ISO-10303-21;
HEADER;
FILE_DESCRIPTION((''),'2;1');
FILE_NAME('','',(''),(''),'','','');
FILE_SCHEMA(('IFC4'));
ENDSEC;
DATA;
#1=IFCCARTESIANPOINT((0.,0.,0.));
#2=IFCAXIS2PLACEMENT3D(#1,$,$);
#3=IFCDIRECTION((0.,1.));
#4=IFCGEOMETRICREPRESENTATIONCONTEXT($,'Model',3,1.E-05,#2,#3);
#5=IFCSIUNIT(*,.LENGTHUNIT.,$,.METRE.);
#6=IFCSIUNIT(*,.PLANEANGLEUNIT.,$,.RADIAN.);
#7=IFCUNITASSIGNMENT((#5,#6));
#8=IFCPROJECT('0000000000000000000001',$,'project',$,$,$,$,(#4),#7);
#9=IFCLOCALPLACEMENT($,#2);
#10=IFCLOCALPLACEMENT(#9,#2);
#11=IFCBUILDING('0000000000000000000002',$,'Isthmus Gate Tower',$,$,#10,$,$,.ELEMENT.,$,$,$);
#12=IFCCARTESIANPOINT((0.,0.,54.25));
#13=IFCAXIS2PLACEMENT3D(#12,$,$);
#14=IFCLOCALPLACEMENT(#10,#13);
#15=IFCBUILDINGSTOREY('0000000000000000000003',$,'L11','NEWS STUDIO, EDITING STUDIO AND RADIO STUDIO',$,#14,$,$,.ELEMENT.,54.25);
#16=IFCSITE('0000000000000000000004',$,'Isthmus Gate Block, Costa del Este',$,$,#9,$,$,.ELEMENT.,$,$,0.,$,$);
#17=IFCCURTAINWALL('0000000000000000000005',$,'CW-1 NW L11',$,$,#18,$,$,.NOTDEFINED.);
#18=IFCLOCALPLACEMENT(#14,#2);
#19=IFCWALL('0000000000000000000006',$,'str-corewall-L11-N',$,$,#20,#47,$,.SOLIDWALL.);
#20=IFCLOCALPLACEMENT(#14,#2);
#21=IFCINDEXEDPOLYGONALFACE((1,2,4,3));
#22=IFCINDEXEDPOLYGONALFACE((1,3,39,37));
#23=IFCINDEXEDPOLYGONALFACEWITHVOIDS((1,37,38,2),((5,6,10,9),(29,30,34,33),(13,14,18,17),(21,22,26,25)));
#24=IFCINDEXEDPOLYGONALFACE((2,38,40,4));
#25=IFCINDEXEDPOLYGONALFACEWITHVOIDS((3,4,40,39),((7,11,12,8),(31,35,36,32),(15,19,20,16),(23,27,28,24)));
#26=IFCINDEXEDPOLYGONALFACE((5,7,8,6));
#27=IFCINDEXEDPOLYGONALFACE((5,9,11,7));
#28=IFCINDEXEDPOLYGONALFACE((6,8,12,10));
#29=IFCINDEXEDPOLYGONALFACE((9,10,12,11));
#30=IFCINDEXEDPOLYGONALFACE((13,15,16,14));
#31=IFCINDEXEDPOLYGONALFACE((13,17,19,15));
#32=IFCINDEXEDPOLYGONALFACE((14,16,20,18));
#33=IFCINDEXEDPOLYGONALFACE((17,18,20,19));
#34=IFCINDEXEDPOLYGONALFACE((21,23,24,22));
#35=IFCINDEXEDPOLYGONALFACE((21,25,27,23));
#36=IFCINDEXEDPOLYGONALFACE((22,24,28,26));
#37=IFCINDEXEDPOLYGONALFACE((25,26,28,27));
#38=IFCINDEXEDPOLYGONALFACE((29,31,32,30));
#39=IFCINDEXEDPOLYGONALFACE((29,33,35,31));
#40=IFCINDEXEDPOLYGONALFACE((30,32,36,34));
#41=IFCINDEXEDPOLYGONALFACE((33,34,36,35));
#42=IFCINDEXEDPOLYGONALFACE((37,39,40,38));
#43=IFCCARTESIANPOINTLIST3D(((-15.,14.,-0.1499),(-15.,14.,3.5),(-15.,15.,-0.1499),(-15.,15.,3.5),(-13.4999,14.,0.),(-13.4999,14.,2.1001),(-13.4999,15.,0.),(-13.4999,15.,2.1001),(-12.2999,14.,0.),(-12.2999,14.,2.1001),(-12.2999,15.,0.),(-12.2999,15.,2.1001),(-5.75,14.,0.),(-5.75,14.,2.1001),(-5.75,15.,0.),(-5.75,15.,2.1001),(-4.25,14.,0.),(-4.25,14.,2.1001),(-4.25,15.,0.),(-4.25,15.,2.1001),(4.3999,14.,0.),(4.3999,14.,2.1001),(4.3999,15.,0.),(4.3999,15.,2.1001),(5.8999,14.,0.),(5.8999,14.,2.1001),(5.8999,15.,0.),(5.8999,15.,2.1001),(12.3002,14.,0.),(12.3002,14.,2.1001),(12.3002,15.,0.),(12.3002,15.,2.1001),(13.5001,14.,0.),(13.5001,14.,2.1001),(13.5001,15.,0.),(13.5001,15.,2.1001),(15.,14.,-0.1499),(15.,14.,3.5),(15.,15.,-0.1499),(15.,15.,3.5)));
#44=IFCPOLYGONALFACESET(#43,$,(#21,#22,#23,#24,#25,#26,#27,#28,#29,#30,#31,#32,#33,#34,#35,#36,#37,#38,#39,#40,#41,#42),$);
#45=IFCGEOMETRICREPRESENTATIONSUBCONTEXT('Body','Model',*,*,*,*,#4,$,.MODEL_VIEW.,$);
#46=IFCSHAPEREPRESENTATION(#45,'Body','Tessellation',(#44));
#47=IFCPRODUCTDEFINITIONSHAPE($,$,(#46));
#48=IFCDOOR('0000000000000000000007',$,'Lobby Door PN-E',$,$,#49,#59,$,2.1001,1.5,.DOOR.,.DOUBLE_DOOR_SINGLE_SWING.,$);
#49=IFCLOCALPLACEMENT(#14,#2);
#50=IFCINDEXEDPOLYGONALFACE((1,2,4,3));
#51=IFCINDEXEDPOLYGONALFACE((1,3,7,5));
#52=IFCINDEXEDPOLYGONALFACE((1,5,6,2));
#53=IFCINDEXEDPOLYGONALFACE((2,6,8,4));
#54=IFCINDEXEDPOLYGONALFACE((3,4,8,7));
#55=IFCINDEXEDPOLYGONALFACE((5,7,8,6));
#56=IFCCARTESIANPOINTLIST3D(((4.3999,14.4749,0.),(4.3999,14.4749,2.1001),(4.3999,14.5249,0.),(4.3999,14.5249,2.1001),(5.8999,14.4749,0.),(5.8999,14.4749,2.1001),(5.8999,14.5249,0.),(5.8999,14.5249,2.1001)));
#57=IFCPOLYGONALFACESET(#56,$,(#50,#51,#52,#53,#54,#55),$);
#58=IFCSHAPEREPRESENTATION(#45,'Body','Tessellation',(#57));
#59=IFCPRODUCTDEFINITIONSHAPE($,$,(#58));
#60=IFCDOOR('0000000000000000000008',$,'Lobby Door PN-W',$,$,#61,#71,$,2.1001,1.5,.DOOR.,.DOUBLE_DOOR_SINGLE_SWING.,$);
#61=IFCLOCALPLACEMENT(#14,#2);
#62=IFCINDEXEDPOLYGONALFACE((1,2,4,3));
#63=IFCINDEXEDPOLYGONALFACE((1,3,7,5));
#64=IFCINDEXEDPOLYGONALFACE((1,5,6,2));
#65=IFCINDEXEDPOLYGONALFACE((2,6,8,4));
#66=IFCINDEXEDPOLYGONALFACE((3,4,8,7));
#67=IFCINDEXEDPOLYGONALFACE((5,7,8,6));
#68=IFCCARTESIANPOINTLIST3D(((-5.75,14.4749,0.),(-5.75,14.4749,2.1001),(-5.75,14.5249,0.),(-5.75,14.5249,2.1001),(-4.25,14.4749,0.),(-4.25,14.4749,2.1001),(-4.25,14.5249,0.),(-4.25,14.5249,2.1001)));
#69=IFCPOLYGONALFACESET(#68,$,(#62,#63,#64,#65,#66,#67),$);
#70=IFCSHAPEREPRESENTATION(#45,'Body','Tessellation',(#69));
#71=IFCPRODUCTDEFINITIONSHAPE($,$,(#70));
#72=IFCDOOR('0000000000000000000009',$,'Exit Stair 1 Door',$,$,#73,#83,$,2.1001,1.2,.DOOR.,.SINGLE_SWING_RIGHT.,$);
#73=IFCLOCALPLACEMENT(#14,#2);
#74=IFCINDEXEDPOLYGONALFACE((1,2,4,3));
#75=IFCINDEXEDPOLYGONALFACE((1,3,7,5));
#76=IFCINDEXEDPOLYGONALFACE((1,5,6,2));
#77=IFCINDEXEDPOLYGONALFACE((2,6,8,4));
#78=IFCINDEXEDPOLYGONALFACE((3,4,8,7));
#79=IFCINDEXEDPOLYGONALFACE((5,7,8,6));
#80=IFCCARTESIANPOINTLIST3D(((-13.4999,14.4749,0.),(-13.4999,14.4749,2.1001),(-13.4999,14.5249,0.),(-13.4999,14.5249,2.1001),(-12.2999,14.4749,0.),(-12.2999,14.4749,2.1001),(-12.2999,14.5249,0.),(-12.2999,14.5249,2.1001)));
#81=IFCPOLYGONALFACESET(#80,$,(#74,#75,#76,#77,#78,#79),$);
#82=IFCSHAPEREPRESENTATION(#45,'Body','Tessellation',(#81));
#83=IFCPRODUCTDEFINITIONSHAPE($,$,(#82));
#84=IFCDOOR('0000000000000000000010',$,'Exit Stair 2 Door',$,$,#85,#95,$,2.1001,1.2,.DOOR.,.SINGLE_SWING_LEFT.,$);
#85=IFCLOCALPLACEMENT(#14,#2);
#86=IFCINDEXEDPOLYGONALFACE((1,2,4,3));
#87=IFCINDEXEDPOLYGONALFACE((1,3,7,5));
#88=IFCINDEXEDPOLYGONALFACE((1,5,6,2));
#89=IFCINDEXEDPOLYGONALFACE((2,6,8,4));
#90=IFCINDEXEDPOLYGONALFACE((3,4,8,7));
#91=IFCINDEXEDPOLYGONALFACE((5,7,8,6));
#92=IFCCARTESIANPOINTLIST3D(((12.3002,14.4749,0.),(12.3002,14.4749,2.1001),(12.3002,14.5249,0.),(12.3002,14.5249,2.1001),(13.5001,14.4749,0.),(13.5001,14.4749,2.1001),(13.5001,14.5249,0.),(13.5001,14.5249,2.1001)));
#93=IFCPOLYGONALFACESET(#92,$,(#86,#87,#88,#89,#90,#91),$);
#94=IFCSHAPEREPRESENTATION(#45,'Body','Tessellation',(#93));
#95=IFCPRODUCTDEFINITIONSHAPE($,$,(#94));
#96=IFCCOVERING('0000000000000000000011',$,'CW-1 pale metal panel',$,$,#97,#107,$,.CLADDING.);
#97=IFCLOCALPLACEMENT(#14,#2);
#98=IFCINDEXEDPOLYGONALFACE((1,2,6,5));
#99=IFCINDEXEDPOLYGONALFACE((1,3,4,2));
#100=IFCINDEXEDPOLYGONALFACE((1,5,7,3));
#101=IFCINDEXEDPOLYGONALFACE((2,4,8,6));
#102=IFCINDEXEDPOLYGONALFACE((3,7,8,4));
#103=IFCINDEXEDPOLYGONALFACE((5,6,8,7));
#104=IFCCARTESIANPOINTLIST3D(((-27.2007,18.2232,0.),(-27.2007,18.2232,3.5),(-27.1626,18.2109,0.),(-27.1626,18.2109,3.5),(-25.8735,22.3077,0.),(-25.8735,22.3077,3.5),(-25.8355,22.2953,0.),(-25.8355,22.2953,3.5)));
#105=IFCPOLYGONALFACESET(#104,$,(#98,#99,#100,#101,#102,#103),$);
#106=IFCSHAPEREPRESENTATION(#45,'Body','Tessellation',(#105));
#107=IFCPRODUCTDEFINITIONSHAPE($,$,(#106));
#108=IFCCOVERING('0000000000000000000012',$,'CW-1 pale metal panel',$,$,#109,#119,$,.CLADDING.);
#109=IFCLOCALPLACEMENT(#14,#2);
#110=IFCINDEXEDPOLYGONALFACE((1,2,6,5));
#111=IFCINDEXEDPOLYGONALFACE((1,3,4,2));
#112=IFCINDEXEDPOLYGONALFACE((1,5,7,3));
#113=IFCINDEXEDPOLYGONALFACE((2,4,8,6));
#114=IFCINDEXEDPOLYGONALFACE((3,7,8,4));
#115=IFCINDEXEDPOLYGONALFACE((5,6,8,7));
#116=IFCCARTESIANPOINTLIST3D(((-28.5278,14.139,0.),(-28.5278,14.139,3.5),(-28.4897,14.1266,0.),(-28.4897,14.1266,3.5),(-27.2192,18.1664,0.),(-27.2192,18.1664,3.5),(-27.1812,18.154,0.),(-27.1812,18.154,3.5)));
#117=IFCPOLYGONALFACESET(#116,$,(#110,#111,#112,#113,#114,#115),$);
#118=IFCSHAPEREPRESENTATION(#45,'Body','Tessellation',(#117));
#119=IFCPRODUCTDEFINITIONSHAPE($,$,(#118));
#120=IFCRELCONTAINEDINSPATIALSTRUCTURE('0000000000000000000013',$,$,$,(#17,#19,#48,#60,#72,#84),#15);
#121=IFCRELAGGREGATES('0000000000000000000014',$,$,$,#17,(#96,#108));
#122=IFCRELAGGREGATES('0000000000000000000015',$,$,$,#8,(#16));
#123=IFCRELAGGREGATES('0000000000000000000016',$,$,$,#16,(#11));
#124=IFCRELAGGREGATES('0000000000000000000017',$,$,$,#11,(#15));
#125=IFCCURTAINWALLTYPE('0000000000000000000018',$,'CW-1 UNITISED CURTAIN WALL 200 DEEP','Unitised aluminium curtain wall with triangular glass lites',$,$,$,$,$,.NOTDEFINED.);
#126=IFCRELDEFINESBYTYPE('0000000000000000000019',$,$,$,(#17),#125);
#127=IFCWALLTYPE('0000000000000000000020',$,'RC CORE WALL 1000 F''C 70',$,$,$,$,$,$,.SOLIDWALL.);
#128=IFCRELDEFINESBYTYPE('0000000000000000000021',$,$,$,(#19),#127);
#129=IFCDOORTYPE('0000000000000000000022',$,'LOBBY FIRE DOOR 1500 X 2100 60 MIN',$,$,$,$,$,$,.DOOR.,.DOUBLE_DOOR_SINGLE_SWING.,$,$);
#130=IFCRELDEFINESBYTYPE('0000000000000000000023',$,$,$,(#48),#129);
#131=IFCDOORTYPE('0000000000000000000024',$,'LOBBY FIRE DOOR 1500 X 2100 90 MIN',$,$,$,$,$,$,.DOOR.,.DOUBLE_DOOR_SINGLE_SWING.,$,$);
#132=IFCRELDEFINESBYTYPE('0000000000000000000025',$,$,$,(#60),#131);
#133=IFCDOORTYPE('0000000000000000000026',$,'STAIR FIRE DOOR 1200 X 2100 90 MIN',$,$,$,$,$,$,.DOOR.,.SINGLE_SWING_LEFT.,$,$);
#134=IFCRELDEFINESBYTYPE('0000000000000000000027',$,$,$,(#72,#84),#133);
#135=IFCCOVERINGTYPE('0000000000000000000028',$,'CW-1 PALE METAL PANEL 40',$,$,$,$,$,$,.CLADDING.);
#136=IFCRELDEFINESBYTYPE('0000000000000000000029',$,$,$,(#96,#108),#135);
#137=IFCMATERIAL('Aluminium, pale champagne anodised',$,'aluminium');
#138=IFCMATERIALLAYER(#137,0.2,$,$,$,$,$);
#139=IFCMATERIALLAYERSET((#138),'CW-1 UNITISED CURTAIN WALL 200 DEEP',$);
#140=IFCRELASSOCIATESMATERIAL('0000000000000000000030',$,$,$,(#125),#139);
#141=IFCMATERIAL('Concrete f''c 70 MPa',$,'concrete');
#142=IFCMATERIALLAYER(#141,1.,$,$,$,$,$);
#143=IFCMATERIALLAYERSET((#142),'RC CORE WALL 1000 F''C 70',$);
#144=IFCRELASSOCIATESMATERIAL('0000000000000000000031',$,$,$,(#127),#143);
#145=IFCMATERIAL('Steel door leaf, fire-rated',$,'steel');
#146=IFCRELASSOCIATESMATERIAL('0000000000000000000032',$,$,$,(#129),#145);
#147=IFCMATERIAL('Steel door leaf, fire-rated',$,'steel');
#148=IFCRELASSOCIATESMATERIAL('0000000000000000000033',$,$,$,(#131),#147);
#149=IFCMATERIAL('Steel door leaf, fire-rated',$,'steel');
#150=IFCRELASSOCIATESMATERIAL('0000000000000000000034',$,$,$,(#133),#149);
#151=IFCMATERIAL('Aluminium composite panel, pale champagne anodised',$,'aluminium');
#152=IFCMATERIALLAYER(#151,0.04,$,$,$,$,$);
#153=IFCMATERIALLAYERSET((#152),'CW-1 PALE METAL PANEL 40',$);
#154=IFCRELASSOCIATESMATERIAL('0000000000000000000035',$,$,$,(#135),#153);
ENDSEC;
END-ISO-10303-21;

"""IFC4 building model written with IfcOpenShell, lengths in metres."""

from ifc_helpers import new_model, si_unit, direction, frame, frame_2d, origin, origin_2d, place, context, subcontext, project, spatial, rectangle, extrude, material, layer, layer_set, type_object, element, fill, aggregate, save


model = new_model("IFC4")

# Units and contexts
model_context = context("Model", 3, precision=1e-05, world=origin(), true_north=direction((0.0, 1.0)))
body_context = subcontext(model_context, "Body", "Model", "MODEL_VIEW")
ifc_project = project(units=[si_unit("LENGTHUNIT", "METRE"), si_unit("PLANEANGLEUNIT", "RADIAN")], contexts=[model_context])

# Site, building, storey
site_placement = place(None, origin())
site = spatial("IfcSite", under=ifc_project, at=site_placement, Name="Isthmus Gate Block, Costa del Este", CompositionType="ELEMENT", RefElevation=0.0)
building_placement = place(site_placement, origin())
building = spatial("IfcBuilding", under=site, at=building_placement, Name="Isthmus Gate Tower", CompositionType="ELEMENT")
storey_placement = place(building_placement, frame((0.0, 0.0, 54.25)))
storey = spatial("IfcBuildingStorey", under=building, at=storey_placement, Name="L11", Description="NEWS STUDIO, EDITING STUDIO AND RADIO STUDIO", CompositionType="ELEMENT", Elevation=54.25)

# Curtain wall
ifc_material_1 = material(Name="Aluminium, pale champagne anodised", Category="aluminium")
ifc_layer_1 = layer(ifc_material_1, 0.2)
ifc_layer_set_1 = layer_set([ifc_layer_1], Name="CW-1 UNITISED CURTAIN WALL 200 DEEP")
curtain_wall_type = type_object("IfcCurtainWallType", Name="CW-1 UNITISED CURTAIN WALL 200 DEEP", Description="Unitised aluminium curtain wall with triangular glass lites", PredefinedType="NOTDEFINED", material=ifc_layer_set_1)
curtain_wall_placement = place(storey_placement, origin())
curtain_wall = element("IfcCurtainWall", 1, at=curtain_wall_placement, inside=storey, type_object=curtain_wall_type, Name="CW-1 NW L11", PredefinedType="NOTDEFINED")

# Wall, openings, doors
ifc_material_2 = material(Name="Concrete f'c 70 MPa", Category="concrete")
ifc_layer_2 = layer(ifc_material_2, 1.0)
ifc_layer_set_2 = layer_set([ifc_layer_2], Name="RC CORE WALL 1000 F'C 70")
wall_type_1 = type_object("IfcWallType", Name="RC CORE WALL 1000 F'C 70", PredefinedType="SOLIDWALL", material=ifc_layer_set_2)
wall_1_placement = place(storey_placement, frame((-15.0, 14.5, -0.1499), z_axis=(0.0, 0.0, 1.0), x_axis=(1.0, 0.0, 0.0)))
wall_1 = element("IfcWall", 2, at=wall_1_placement, inside=storey, type_object=wall_type_1, Name="str-corewall-L11-N", PredefinedType="SOLIDWALL", context=body_context, shape_type="SweptSolid", body=[
    extrude(rectangle(XDim=30.0, YDim=1.0, at=frame_2d((15.0, 0.0))), origin(), (0.0, 0.0, 1.0), 3.6499),
])
opening_1_placement = place(wall_1_placement, frame((9.25, 0.0, 0.1499)))
opening_1 = element("IfcOpeningElement", 3, at=opening_1_placement, cuts=wall_1, PredefinedType="OPENING", context=body_context, shape_type="SweptSolid", body=[
    extrude(rectangle(XDim=1.5, YDim=2.1001, at=frame_2d((0.75, 1.05))), frame((0.0, 0.51, 0.0), z_axis=(0.0, -1.0, 0.0), x_axis=(1.0, 0.0, 0.0)), (0.0, 0.0, 1.0), 1.02),
])
opening_2_placement = place(wall_1_placement, frame((19.3999, 0.0, 0.1499)))
opening_2 = element("IfcOpeningElement", 4, at=opening_2_placement, cuts=wall_1, PredefinedType="OPENING", context=body_context, shape_type="SweptSolid", body=[
    extrude(rectangle(XDim=1.5, YDim=2.1001, at=frame_2d((0.75, 1.05))), frame((0.0, 0.51, 0.0), z_axis=(0.0, -1.0, 0.0), x_axis=(1.0, 0.0, 0.0)), (0.0, 0.0, 1.0), 1.02),
])
opening_3_placement = place(wall_1_placement, frame((1.5, 0.0, 0.1499)))
opening_3 = element("IfcOpeningElement", 5, at=opening_3_placement, cuts=wall_1, PredefinedType="OPENING", context=body_context, shape_type="SweptSolid", body=[
    extrude(rectangle(XDim=1.2, YDim=2.1001, at=frame_2d((0.6001, 1.05))), frame((0.0, 0.51, 0.0), z_axis=(0.0, -1.0, 0.0), x_axis=(1.0, 0.0, 0.0)), (0.0, 0.0, 1.0), 1.02),
])
opening_4_placement = place(wall_1_placement, frame((27.3, 0.0, 0.1499)))
opening_4 = element("IfcOpeningElement", 6, at=opening_4_placement, cuts=wall_1, PredefinedType="OPENING", context=body_context, shape_type="SweptSolid", body=[
    extrude(rectangle(XDim=1.2, YDim=2.1001, at=frame_2d((0.6001, 1.05))), frame((0.0, 0.51, 0.0), z_axis=(0.0, -1.0, 0.0), x_axis=(1.0, 0.0, 0.0)), (0.0, 0.0, 1.0), 1.02),
])
ifc_material_3 = material(Name="Steel door leaf, fire-rated", Category="steel")
door_type_1 = type_object("IfcDoorType", Name="LOBBY FIRE DOOR 1500 X 2100 60 MIN", OperationType="DOUBLE_DOOR_SINGLE_SWING", PredefinedType="DOOR", material=ifc_material_3)
door_1_placement = place(opening_2_placement, origin())
door_1 = element("IfcDoor", 7, at=door_1_placement, inside=storey, type_object=door_type_1, Name="Lobby Door PN-E", OperationType="DOUBLE_DOOR_SINGLE_SWING", OverallHeight=2.1001, OverallWidth=1.5, PredefinedType="DOOR", context=body_context, shape_type="SweptSolid", body=[
    extrude(rectangle(XDim=1.5, YDim=2.1001, at=frame_2d((0.75, 1.05))), frame((0.0, 0.0249, 0.0), z_axis=(0.0, -1.0, 0.0), x_axis=(1.0, 0.0, 0.0)), (0.0, 0.0, 1.0), 0.05),
])
fill(opening_2, door_1)
ifc_material_4 = material(Name="Steel door leaf, fire-rated", Category="steel")
door_type_2 = type_object("IfcDoorType", Name="LOBBY FIRE DOOR 1500 X 2100 90 MIN", OperationType="DOUBLE_DOOR_SINGLE_SWING", PredefinedType="DOOR", material=ifc_material_4)
door_2_placement = place(opening_1_placement, origin())
door_2 = element("IfcDoor", 8, at=door_2_placement, inside=storey, type_object=door_type_2, Name="Lobby Door PN-W", OperationType="DOUBLE_DOOR_SINGLE_SWING", OverallHeight=2.1001, OverallWidth=1.5, PredefinedType="DOOR", context=body_context, shape_type="SweptSolid", body=[
    extrude(rectangle(XDim=1.5, YDim=2.1001, at=frame_2d((0.75, 1.05))), frame((0.0, 0.0249, 0.0), z_axis=(0.0, -1.0, 0.0), x_axis=(1.0, 0.0, 0.0)), (0.0, 0.0, 1.0), 0.05),
])
fill(opening_1, door_2)
ifc_material_5 = material(Name="Steel door leaf, fire-rated", Category="steel")
door_type_3 = type_object("IfcDoorType", Name="STAIR FIRE DOOR 1200 X 2100 90 MIN", OperationType="SINGLE_SWING_LEFT", PredefinedType="DOOR", material=ifc_material_5)
door_3_placement = place(opening_3_placement, origin())
door_3 = element("IfcDoor", 9, at=door_3_placement, inside=storey, type_object=door_type_3, Name="Exit Stair 1 Door", OperationType="SINGLE_SWING_RIGHT", OverallHeight=2.1001, OverallWidth=1.2, PredefinedType="DOOR", context=body_context, shape_type="SweptSolid", body=[
    extrude(rectangle(XDim=1.2, YDim=2.1001, at=frame_2d((0.6001, 1.05))), frame((0.0, 0.0249, 0.0), z_axis=(0.0, -1.0, 0.0), x_axis=(1.0, 0.0, 0.0)), (0.0, 0.0, 1.0), 0.05),
])
fill(opening_3, door_3)
door_4_placement = place(opening_4_placement, origin())
door_4 = element("IfcDoor", 10, at=door_4_placement, inside=storey, type_object=door_type_3, Name="Exit Stair 2 Door", OperationType="SINGLE_SWING_LEFT", OverallHeight=2.1001, OverallWidth=1.2, PredefinedType="DOOR", context=body_context, shape_type="SweptSolid", body=[
    extrude(rectangle(XDim=1.2, YDim=2.1001, at=frame_2d((0.6001, 1.05))), frame((0.0, 0.0249, 0.0), z_axis=(0.0, -1.0, 0.0), x_axis=(1.0, 0.0, 0.0)), (0.0, 0.0, 1.0), 0.05),
])
fill(opening_4, door_4)

# Coverings
ifc_material_6 = material(Name="Aluminium composite panel, pale champagne anodised", Category="aluminium")
ifc_layer_3 = layer(ifc_material_6, 0.04)
ifc_layer_set_3 = layer_set([ifc_layer_3], Name="CW-1 PALE METAL PANEL 40")
covering_type = type_object("IfcCoveringType", Name="CW-1 PALE METAL PANEL 40", PredefinedType="CLADDING", material=ifc_layer_set_3)
covering_1_placement = place(storey_placement, frame((-26.5181, 20.2593, 0.0), z_axis=(0.0, 0.0, 1.0), x_axis=(-0.309017, -0.951057, 0.0)))
covering_1 = element("IfcCovering", 11, at=covering_1_placement, type_object=covering_type, Name="CW-1 pale metal panel", PredefinedType="CLADDING", context=body_context, shape_type="SweptSolid", body=[
    extrude(rectangle(XDim=4.2947, YDim=0.04, at=origin_2d()), origin(), (0.0, 0.0, 1.0), 3.5),
])
covering_2_placement = place(storey_placement, frame((-27.8545, 16.1465, 0.0), z_axis=(0.0, 0.0, 1.0), x_axis=(-0.309017, -0.951057, 0.0)))
covering_2 = element("IfcCovering", 12, at=covering_2_placement, type_object=covering_type, Name="CW-1 pale metal panel", PredefinedType="CLADDING", context=body_context, shape_type="SweptSolid", body=[
    extrude(rectangle(XDim=4.2346, YDim=0.04, at=origin_2d()), origin(), (0.0, 0.0, 1.0), 3.5),
])
aggregate(curtain_wall, [covering_1, covering_2])

save(model, "model.ifc")
